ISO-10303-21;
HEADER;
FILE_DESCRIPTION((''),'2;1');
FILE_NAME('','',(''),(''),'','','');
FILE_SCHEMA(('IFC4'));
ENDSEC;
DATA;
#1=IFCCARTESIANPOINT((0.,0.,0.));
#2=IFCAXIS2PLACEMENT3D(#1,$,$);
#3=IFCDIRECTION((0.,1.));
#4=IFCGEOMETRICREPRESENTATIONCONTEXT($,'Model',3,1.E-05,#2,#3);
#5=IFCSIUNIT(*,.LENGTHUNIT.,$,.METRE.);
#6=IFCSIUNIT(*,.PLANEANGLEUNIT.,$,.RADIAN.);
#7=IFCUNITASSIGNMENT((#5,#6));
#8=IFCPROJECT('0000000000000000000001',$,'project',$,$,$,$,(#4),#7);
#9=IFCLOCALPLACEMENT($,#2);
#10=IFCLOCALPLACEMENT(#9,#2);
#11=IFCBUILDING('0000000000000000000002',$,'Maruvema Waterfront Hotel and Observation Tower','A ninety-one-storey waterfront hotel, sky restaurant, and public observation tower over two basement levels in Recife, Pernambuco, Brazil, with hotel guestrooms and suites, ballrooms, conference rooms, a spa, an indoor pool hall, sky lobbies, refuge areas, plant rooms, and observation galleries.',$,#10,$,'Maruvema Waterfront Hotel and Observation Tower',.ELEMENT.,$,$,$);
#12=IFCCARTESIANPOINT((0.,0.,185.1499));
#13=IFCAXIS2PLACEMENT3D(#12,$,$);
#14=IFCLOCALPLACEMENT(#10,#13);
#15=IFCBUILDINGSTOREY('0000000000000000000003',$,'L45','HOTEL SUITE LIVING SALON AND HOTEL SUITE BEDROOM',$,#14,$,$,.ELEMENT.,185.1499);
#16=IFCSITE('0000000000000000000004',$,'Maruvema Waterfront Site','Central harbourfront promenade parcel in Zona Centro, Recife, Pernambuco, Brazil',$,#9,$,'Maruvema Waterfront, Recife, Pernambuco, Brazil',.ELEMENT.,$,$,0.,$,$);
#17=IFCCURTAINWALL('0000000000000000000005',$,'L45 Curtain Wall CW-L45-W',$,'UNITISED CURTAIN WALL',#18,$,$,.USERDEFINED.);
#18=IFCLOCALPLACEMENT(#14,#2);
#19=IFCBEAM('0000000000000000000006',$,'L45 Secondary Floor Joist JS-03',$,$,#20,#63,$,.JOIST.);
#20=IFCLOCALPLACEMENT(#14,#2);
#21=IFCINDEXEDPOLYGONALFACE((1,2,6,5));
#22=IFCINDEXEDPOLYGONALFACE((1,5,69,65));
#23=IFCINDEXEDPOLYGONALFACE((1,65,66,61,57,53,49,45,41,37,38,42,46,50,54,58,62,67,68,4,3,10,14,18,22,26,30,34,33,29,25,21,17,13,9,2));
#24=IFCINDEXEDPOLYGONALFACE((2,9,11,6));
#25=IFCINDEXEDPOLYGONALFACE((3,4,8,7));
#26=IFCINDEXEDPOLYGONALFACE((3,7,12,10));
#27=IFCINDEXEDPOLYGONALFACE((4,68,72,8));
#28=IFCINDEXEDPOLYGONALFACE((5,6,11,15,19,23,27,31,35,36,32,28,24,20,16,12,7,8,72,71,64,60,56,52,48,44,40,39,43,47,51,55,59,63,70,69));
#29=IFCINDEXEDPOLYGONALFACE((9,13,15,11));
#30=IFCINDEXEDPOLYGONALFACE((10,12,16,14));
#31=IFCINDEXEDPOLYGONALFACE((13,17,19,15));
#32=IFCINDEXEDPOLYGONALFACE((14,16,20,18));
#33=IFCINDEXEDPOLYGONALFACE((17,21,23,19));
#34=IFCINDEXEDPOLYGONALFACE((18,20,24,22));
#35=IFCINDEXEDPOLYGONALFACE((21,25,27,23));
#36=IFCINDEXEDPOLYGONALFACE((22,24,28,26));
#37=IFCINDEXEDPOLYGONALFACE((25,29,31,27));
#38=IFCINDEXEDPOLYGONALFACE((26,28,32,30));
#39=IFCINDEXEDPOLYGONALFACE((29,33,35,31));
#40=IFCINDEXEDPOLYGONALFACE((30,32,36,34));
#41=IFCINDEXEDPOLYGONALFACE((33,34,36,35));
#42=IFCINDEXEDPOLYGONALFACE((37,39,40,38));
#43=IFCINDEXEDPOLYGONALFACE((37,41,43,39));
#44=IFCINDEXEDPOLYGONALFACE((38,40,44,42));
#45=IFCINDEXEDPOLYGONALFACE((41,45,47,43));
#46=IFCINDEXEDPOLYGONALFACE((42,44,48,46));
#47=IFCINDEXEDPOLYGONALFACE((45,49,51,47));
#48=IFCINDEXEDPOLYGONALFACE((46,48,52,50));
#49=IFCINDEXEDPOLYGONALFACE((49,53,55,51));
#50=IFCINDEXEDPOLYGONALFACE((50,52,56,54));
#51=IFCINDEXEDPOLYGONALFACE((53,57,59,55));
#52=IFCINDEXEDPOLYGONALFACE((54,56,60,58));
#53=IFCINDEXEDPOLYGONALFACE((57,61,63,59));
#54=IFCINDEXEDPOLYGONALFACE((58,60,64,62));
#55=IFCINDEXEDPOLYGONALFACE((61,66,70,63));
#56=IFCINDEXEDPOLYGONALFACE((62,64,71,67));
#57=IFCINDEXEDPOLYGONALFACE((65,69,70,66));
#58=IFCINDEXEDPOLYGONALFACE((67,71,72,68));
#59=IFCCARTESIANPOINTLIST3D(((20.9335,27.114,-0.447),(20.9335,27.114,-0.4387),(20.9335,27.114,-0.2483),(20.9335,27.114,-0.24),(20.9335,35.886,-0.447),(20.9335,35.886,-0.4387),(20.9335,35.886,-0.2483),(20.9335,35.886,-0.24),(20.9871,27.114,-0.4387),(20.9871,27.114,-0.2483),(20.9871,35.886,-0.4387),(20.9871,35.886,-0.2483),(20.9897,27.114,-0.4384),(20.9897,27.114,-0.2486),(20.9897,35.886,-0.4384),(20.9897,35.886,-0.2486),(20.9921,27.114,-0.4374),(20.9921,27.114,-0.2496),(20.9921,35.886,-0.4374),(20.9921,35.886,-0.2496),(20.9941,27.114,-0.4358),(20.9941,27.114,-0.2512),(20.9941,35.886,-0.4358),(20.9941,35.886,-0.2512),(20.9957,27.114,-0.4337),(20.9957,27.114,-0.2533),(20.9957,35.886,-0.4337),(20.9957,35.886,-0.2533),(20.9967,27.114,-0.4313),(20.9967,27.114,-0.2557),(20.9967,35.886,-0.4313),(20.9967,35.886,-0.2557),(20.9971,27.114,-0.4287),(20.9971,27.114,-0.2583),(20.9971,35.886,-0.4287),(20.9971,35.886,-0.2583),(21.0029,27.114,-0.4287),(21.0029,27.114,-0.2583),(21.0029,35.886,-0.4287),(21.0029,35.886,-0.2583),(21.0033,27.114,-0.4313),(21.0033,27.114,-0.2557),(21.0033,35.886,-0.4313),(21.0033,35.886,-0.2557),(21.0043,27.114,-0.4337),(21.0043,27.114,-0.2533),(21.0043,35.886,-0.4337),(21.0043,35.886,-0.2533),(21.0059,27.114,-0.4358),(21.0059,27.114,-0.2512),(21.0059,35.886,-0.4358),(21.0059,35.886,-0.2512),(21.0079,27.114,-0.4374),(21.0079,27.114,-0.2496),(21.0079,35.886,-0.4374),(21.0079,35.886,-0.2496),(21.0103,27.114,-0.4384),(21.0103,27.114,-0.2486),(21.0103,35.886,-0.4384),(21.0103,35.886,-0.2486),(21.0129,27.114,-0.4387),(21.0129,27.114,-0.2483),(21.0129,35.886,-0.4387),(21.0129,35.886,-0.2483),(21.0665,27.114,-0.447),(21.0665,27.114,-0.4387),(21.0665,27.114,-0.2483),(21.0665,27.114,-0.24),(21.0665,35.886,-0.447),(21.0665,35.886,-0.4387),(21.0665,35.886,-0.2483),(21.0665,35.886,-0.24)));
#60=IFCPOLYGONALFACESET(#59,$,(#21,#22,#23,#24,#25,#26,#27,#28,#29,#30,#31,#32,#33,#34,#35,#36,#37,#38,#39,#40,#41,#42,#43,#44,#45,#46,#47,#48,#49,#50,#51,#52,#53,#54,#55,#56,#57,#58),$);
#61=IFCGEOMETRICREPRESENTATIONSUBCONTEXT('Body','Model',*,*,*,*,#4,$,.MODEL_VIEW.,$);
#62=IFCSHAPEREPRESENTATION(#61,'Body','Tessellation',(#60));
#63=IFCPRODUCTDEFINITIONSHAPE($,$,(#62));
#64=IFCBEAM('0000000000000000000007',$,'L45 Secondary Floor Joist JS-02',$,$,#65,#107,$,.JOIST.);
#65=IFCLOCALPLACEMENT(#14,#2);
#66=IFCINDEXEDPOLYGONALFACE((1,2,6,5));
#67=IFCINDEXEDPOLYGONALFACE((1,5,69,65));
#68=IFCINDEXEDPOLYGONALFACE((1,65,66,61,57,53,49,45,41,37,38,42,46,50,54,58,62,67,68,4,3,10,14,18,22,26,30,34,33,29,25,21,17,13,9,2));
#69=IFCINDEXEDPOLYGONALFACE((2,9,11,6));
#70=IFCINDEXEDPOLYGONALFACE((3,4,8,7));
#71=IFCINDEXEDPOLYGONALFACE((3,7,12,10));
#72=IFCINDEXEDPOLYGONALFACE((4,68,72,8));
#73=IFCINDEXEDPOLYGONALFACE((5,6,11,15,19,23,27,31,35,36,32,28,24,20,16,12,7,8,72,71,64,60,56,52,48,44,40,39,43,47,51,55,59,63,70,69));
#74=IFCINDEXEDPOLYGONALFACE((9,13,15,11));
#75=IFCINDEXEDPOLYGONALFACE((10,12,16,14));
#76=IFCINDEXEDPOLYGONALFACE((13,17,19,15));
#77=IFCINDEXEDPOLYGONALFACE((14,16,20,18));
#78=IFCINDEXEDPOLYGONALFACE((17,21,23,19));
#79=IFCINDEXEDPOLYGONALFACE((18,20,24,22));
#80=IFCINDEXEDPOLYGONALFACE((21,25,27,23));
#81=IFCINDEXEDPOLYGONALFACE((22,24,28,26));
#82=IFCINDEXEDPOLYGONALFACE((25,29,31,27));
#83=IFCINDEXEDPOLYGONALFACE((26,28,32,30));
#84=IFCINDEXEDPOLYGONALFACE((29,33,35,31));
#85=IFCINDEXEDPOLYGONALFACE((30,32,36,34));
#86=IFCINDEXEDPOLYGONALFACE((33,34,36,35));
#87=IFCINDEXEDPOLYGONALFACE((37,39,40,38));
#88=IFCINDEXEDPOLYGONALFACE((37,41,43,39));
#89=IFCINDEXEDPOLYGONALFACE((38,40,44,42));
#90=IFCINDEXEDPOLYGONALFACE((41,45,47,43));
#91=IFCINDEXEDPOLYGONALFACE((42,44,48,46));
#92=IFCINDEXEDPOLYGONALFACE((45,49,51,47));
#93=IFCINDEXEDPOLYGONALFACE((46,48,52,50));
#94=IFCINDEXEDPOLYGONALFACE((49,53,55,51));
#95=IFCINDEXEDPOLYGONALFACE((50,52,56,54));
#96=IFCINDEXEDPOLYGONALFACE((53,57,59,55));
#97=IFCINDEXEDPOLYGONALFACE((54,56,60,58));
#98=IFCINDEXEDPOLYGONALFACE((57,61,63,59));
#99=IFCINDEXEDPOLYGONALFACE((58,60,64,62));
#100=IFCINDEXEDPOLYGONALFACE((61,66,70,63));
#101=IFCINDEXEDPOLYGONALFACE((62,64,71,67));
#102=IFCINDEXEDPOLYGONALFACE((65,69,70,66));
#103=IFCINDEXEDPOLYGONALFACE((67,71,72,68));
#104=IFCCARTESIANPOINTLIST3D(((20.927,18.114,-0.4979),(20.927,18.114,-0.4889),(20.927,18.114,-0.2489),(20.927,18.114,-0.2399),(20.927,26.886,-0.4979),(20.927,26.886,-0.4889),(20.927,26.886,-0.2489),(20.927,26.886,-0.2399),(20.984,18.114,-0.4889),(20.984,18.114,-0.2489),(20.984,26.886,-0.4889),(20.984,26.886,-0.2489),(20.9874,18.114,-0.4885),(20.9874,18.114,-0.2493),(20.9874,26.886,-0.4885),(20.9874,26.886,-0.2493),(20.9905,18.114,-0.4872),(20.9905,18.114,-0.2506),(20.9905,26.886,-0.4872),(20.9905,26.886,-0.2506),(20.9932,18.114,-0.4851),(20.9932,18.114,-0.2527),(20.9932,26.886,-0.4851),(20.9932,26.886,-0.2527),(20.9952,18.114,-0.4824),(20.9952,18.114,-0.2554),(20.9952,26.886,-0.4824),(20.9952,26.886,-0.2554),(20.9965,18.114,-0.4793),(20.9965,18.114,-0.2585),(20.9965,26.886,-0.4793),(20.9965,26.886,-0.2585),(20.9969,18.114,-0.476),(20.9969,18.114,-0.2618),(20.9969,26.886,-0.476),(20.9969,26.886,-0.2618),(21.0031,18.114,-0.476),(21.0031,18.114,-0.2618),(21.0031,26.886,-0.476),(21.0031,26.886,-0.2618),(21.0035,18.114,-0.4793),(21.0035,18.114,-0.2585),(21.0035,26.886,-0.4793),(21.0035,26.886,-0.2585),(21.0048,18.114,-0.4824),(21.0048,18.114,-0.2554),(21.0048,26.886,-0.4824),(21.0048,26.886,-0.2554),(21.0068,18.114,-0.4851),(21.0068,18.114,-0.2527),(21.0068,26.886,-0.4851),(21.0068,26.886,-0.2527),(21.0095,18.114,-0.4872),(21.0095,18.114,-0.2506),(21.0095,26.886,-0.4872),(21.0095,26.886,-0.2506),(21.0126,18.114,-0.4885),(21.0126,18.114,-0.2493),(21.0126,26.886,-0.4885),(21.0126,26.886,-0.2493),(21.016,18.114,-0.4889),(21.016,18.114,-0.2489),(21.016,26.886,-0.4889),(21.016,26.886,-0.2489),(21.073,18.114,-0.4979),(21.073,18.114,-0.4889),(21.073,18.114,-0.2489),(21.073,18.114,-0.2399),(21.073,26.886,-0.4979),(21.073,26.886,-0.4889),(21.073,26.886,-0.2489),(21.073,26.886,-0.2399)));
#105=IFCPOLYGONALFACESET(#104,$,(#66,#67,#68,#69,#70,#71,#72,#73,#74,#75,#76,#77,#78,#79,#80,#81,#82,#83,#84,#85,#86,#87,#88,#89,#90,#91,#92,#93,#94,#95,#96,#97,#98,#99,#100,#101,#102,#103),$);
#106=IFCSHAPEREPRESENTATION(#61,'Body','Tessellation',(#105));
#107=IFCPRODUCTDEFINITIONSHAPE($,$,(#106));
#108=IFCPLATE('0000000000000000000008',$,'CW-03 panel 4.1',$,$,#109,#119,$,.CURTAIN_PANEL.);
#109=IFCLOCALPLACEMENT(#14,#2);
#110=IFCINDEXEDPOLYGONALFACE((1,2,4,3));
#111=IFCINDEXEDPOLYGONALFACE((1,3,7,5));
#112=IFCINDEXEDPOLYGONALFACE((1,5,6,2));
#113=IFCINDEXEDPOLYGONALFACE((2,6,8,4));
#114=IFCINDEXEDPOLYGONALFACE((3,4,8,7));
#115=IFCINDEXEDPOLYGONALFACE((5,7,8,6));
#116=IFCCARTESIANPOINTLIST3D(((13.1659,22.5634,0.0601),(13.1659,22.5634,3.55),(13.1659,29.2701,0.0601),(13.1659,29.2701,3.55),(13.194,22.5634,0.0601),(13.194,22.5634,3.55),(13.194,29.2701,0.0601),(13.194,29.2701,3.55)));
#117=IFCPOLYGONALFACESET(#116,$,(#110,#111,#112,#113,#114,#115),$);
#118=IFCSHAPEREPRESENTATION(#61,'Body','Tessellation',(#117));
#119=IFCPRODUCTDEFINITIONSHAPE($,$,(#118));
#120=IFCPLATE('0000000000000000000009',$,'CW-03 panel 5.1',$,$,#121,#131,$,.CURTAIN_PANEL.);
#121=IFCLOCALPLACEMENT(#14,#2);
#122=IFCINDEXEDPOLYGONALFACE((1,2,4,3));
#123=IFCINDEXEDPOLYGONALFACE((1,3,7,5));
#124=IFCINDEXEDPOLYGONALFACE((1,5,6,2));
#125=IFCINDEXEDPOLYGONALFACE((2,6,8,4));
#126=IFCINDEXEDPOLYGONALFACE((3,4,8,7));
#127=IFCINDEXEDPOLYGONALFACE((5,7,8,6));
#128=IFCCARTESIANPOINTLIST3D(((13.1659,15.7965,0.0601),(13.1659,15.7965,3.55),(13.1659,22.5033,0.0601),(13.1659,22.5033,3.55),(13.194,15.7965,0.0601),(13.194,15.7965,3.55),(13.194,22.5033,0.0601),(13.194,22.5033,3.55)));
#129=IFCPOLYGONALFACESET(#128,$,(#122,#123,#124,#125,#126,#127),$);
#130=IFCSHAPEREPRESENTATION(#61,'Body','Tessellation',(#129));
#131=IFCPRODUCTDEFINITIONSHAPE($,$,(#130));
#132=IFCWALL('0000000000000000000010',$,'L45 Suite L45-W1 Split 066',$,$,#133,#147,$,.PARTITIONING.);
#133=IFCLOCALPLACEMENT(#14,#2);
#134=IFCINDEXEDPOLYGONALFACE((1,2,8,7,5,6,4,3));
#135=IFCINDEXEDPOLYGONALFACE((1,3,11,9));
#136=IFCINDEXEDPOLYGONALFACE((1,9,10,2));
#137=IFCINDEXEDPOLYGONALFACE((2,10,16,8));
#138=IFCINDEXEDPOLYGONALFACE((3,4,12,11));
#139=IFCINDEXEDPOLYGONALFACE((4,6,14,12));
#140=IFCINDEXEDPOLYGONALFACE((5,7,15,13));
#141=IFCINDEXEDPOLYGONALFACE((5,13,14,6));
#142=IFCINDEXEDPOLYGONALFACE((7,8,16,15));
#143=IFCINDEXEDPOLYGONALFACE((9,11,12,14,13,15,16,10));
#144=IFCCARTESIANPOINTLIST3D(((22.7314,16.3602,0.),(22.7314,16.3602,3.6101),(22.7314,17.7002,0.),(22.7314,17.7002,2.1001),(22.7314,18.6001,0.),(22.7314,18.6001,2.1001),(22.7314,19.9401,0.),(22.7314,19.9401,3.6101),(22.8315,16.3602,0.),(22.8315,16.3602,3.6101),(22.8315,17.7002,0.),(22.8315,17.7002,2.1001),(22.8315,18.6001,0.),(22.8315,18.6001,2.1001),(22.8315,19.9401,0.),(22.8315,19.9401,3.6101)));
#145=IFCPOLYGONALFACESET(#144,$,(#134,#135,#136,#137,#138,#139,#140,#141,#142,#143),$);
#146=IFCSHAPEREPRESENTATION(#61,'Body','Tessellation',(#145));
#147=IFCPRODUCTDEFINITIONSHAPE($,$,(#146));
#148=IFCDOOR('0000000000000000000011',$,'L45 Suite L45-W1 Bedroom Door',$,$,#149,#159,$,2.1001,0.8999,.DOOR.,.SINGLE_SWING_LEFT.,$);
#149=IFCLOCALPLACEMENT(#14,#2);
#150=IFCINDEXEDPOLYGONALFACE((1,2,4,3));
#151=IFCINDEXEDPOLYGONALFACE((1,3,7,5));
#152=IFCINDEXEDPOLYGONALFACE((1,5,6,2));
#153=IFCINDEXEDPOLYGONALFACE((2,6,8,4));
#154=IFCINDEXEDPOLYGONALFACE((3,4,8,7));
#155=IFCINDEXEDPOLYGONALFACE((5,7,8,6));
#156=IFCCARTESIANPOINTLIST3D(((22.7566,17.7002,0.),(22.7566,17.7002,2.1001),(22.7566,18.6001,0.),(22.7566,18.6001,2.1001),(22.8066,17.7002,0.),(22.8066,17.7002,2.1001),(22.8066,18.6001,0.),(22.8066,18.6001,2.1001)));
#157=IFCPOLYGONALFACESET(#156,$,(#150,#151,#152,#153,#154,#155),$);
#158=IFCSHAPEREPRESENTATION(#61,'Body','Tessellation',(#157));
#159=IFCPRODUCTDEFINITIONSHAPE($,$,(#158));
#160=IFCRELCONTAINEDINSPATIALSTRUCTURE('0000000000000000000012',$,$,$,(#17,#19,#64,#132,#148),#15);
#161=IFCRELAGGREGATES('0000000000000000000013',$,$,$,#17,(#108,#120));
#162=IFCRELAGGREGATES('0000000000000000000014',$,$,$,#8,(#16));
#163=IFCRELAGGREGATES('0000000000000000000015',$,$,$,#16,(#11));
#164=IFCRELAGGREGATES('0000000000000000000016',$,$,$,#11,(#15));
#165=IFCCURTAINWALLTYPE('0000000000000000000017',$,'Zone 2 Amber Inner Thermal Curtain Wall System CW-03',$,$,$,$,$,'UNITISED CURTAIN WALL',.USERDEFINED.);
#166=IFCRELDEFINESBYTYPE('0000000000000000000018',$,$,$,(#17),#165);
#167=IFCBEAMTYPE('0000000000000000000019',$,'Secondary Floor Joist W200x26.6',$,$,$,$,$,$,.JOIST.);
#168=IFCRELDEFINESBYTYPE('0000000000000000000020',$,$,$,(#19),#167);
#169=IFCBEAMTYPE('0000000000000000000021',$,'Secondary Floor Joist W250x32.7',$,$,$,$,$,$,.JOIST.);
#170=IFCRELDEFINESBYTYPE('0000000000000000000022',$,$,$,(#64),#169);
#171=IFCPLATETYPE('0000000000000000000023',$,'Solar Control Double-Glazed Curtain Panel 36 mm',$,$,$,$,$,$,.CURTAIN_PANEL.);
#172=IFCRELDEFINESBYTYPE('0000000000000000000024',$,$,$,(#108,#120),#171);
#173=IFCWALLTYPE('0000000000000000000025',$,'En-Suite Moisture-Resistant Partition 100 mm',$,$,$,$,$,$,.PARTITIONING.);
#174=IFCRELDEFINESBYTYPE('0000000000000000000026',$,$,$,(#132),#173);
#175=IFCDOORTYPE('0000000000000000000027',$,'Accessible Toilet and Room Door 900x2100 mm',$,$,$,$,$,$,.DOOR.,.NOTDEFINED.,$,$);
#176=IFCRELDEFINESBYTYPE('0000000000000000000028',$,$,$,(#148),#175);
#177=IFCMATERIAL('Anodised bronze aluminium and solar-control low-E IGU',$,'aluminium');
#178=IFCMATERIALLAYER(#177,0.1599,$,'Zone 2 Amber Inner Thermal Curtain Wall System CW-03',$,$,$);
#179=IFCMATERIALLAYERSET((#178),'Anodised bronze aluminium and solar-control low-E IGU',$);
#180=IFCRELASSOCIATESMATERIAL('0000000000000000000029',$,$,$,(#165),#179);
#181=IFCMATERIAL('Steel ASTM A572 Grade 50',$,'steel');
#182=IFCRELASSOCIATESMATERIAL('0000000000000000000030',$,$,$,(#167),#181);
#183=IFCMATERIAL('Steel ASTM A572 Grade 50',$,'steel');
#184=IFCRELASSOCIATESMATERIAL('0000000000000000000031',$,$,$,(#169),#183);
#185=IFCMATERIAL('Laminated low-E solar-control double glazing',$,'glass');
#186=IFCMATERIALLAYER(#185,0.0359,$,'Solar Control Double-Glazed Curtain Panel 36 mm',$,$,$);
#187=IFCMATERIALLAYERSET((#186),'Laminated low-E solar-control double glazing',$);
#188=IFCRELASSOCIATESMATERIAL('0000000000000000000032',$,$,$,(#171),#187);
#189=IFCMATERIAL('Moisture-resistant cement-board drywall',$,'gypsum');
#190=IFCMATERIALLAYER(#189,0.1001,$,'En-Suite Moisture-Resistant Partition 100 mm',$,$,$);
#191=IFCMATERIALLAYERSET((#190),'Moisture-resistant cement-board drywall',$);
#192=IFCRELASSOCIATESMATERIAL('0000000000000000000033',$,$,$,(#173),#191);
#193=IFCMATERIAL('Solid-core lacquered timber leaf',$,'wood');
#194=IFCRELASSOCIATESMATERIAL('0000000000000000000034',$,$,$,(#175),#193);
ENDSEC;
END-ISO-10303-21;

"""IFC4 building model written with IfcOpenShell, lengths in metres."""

from ifc_helpers import new_model, si_unit, direction, frame, frame_2d, origin, origin_2d, place, context, subcontext, project, spatial, rectangle, i_section, extrude, material, layer, layer_set, material_profile, profile_set, type_object, element, fill, aggregate, save


model = new_model("IFC4")

# Units and contexts
model_context = context("Model", 3, precision=1e-05, world=origin(), true_north=direction((0.0, 1.0)))
body_context = subcontext(model_context, "Body", "Model", "MODEL_VIEW")
ifc_project = project(units=[si_unit("LENGTHUNIT", "METRE"), si_unit("PLANEANGLEUNIT", "RADIAN")], contexts=[model_context])

# Site, building, storey
site_placement = place(None, origin())
site = spatial("IfcSite", under=ifc_project, at=site_placement, Name="Maruvema Waterfront Site", Description="Central harbourfront promenade parcel in Zona Centro, Recife, Pernambuco, Brazil", LongName="Maruvema Waterfront, Recife, Pernambuco, Brazil", CompositionType="ELEMENT", RefElevation=0.0)
building_placement = place(site_placement, origin())
building = spatial("IfcBuilding", under=site, at=building_placement, Name="Maruvema Waterfront Hotel and Observation Tower", Description="A ninety-one-storey waterfront hotel, sky restaurant, and public observation tower over two basement levels in Recife, Pernambuco, Brazil, with hotel guestrooms and suites, ballrooms, conference rooms, a spa, an indoor pool hall, sky lobbies, refuge areas, plant rooms, and observation galleries.", LongName="Maruvema Waterfront Hotel and Observation Tower", CompositionType="ELEMENT")
storey_placement = place(building_placement, frame((0.0, 0.0, 185.1499)))
storey = spatial("IfcBuildingStorey", under=building, at=storey_placement, Name="L45", Description="HOTEL SUITE LIVING SALON AND HOTEL SUITE BEDROOM", CompositionType="ELEMENT", Elevation=185.1499)

# Curtain wall
ifc_material_1 = material(Name="Anodised bronze aluminium and solar-control low-E IGU", Category="aluminium")
ifc_layer_1 = layer(ifc_material_1, 0.1599, Name="Zone 2 Amber Inner Thermal Curtain Wall System CW-03")
ifc_layer_set_1 = layer_set([ifc_layer_1], Name="Anodised bronze aluminium and solar-control low-E IGU")
curtain_wall_type = type_object("IfcCurtainWallType", Name="Zone 2 Amber Inner Thermal Curtain Wall System CW-03", ElementType="UNITISED CURTAIN WALL", PredefinedType="USERDEFINED", material=ifc_layer_set_1)
curtain_wall_placement = place(storey_placement, origin())
curtain_wall = element("IfcCurtainWall", 1, at=curtain_wall_placement, inside=storey, type_object=curtain_wall_type, Name="L45 Curtain Wall CW-L45-W", ObjectType="UNITISED CURTAIN WALL", PredefinedType="USERDEFINED")

# Beams
ifc_material_2 = material(Name="Steel ASTM A572 Grade 50", Category="steel")
ifc_material_profile_1 = material_profile(ifc_material_2, i_section(OverallWidth=0.1331, OverallDepth=0.207, WebThickness=0.0059, FlangeThickness=0.0083, FilletRadius=0.01, at=origin_2d()), Name="W200x26.6")
ifc_profile_set_1 = profile_set([ifc_material_profile_1], Name="Steel ASTM A572 Grade 50")
beam_type_1 = type_object("IfcBeamType", Name="Secondary Floor Joist W200x26.6", PredefinedType="JOIST", material=ifc_profile_set_1)
beam_1_placement = place(storey_placement, frame((21.0, 27.114, -0.3435), z_axis=(0.0, 1.0, 0.0), x_axis=(-1.0, 0.0, 0.0)))
element("IfcBeam", 2, at=beam_1_placement, inside=storey, type_object=beam_type_1, Name="L45 Secondary Floor Joist JS-03", PredefinedType="JOIST", context=body_context, shape_type="SweptSolid", body=[
    extrude(i_section(OverallWidth=0.1331, OverallDepth=0.207, WebThickness=0.0059, FlangeThickness=0.0083, FilletRadius=0.01, at=origin_2d()), origin(), (0.0, 0.0, 1.0), 8.772),
])
ifc_material_3 = material(Name="Steel ASTM A572 Grade 50", Category="steel")
ifc_material_profile_2 = material_profile(ifc_material_3, i_section(OverallWidth=0.146, OverallDepth=0.2581, WebThickness=0.0061, FlangeThickness=0.009, FilletRadius=0.0129, at=origin_2d()), Name="W250x32.7")
ifc_profile_set_2 = profile_set([ifc_material_profile_2], Name="Steel ASTM A572 Grade 50")
beam_type_2 = type_object("IfcBeamType", Name="Secondary Floor Joist W250x32.7", PredefinedType="JOIST", material=ifc_profile_set_2)
beam_2_placement = place(storey_placement, frame((21.0, 18.114, -0.3689), z_axis=(0.0, 1.0, 0.0), x_axis=(-1.0, 0.0, 0.0)))
element("IfcBeam", 3, at=beam_2_placement, inside=storey, type_object=beam_type_2, Name="L45 Secondary Floor Joist JS-02", PredefinedType="JOIST", context=body_context, shape_type="SweptSolid", body=[
    extrude(i_section(OverallWidth=0.146, OverallDepth=0.2581, WebThickness=0.0061, FlangeThickness=0.009, FilletRadius=0.0129, at=origin_2d()), origin(), (0.0, 0.0, 1.0), 8.772),
])

# Plates
ifc_material_4 = material(Name="Laminated low-E solar-control double glazing", Category="glass")
ifc_layer_2 = layer(ifc_material_4, 0.0359, Name="Solar Control Double-Glazed Curtain Panel 36 mm")
ifc_layer_set_2 = layer_set([ifc_layer_2], Name="Laminated low-E solar-control double glazing")
plate_type = type_object("IfcPlateType", Name="Solar Control Double-Glazed Curtain Panel 36 mm", PredefinedType="CURTAIN_PANEL", material=ifc_layer_set_2)
plate_1_placement = place(storey_placement, frame((13.1799, 25.9167, 0.0601), z_axis=(0.0, 0.0, 1.0), x_axis=(0.0, -1.0, 0.0)))
plate_1 = element("IfcPlate", 4, at=plate_1_placement, type_object=plate_type, Name="CW-03 panel 4.1", PredefinedType="CURTAIN_PANEL", context=body_context, shape_type="SweptSolid", body=[
    extrude(rectangle(XDim=6.7068, YDim=0.0281, at=origin_2d()), origin(), (0.0, 0.0, 1.0), 3.49),
])
plate_2_placement = place(storey_placement, frame((13.1799, 19.1499, 0.0601), z_axis=(0.0, 0.0, 1.0), x_axis=(0.0, -1.0, 0.0)))
plate_2 = element("IfcPlate", 5, at=plate_2_placement, type_object=plate_type, Name="CW-03 panel 5.1", PredefinedType="CURTAIN_PANEL", context=body_context, shape_type="SweptSolid", body=[
    extrude(rectangle(XDim=6.7068, YDim=0.0281, at=origin_2d()), origin(), (0.0, 0.0, 1.0), 3.49),
])
aggregate(curtain_wall, [plate_1, plate_2])

# Wall, opening, door
ifc_material_5 = material(Name="Moisture-resistant cement-board drywall", Category="gypsum")
ifc_layer_3 = layer(ifc_material_5, 0.1001, Name="En-Suite Moisture-Resistant Partition 100 mm")
ifc_layer_set_3 = layer_set([ifc_layer_3], Name="Moisture-resistant cement-board drywall")
wall_type_1 = type_object("IfcWallType", Name="En-Suite Moisture-Resistant Partition 100 mm", PredefinedType="PARTITIONING", material=ifc_layer_set_3)
wall_1_placement = place(storey_placement, frame((22.7815, 16.3601, 0.0), z_axis=(0.0, 0.0, 1.0), x_axis=(0.0, 1.0, 0.0)))
wall_1 = element("IfcWall", 6, at=wall_1_placement, inside=storey, type_object=wall_type_1, Name="L45 Suite L45-W1 Split 066", PredefinedType="PARTITIONING", context=body_context, shape_type="SweptSolid", body=[
    extrude(rectangle(XDim=3.5798, YDim=0.1001, at=frame_2d((1.79, 0.0))), origin(), (0.0, 0.0, 1.0), 3.6101),
])
opening_1_placement = place(wall_1_placement, frame((1.3401, 0.0, 0.0)))
opening_1 = element("IfcOpeningElement", 7, at=opening_1_placement, cuts=wall_1, PredefinedType="OPENING", context=body_context, shape_type="SweptSolid", body=[
    extrude(rectangle(XDim=0.8999, YDim=2.1001, at=frame_2d((0.45, 1.05))), frame((0.0, 0.0601, 0.0), z_axis=(0.0, -1.0, 0.0), x_axis=(1.0, 0.0, 0.0)), (0.0, 0.0, 1.0), 0.1201),
])
ifc_material_6 = material(Name="Solid-core lacquered timber leaf", Category="wood")
door_type = type_object("IfcDoorType", Name="Accessible Toilet and Room Door 900x2100 mm", OperationType="NOTDEFINED", PredefinedType="DOOR", material=ifc_material_6)
door_1_placement = place(opening_1_placement, origin())
door_1 = element("IfcDoor", 8, at=door_1_placement, inside=storey, type_object=door_type, Name="L45 Suite L45-W1 Bedroom Door", OperationType="SINGLE_SWING_LEFT", OverallHeight=2.1001, OverallWidth=0.8999, PredefinedType="DOOR", context=body_context, shape_type="SweptSolid", body=[
    extrude(rectangle(XDim=0.8999, YDim=2.1001, at=frame_2d((0.45, 1.05))), frame((0.0, 0.0249, 0.0), z_axis=(0.0, -1.0, 0.0), x_axis=(1.0, 0.0, 0.0)), (0.0, 0.0, 1.0), 0.05),
])
fill(opening_1, door_1)

save(model, "model.ifc")
